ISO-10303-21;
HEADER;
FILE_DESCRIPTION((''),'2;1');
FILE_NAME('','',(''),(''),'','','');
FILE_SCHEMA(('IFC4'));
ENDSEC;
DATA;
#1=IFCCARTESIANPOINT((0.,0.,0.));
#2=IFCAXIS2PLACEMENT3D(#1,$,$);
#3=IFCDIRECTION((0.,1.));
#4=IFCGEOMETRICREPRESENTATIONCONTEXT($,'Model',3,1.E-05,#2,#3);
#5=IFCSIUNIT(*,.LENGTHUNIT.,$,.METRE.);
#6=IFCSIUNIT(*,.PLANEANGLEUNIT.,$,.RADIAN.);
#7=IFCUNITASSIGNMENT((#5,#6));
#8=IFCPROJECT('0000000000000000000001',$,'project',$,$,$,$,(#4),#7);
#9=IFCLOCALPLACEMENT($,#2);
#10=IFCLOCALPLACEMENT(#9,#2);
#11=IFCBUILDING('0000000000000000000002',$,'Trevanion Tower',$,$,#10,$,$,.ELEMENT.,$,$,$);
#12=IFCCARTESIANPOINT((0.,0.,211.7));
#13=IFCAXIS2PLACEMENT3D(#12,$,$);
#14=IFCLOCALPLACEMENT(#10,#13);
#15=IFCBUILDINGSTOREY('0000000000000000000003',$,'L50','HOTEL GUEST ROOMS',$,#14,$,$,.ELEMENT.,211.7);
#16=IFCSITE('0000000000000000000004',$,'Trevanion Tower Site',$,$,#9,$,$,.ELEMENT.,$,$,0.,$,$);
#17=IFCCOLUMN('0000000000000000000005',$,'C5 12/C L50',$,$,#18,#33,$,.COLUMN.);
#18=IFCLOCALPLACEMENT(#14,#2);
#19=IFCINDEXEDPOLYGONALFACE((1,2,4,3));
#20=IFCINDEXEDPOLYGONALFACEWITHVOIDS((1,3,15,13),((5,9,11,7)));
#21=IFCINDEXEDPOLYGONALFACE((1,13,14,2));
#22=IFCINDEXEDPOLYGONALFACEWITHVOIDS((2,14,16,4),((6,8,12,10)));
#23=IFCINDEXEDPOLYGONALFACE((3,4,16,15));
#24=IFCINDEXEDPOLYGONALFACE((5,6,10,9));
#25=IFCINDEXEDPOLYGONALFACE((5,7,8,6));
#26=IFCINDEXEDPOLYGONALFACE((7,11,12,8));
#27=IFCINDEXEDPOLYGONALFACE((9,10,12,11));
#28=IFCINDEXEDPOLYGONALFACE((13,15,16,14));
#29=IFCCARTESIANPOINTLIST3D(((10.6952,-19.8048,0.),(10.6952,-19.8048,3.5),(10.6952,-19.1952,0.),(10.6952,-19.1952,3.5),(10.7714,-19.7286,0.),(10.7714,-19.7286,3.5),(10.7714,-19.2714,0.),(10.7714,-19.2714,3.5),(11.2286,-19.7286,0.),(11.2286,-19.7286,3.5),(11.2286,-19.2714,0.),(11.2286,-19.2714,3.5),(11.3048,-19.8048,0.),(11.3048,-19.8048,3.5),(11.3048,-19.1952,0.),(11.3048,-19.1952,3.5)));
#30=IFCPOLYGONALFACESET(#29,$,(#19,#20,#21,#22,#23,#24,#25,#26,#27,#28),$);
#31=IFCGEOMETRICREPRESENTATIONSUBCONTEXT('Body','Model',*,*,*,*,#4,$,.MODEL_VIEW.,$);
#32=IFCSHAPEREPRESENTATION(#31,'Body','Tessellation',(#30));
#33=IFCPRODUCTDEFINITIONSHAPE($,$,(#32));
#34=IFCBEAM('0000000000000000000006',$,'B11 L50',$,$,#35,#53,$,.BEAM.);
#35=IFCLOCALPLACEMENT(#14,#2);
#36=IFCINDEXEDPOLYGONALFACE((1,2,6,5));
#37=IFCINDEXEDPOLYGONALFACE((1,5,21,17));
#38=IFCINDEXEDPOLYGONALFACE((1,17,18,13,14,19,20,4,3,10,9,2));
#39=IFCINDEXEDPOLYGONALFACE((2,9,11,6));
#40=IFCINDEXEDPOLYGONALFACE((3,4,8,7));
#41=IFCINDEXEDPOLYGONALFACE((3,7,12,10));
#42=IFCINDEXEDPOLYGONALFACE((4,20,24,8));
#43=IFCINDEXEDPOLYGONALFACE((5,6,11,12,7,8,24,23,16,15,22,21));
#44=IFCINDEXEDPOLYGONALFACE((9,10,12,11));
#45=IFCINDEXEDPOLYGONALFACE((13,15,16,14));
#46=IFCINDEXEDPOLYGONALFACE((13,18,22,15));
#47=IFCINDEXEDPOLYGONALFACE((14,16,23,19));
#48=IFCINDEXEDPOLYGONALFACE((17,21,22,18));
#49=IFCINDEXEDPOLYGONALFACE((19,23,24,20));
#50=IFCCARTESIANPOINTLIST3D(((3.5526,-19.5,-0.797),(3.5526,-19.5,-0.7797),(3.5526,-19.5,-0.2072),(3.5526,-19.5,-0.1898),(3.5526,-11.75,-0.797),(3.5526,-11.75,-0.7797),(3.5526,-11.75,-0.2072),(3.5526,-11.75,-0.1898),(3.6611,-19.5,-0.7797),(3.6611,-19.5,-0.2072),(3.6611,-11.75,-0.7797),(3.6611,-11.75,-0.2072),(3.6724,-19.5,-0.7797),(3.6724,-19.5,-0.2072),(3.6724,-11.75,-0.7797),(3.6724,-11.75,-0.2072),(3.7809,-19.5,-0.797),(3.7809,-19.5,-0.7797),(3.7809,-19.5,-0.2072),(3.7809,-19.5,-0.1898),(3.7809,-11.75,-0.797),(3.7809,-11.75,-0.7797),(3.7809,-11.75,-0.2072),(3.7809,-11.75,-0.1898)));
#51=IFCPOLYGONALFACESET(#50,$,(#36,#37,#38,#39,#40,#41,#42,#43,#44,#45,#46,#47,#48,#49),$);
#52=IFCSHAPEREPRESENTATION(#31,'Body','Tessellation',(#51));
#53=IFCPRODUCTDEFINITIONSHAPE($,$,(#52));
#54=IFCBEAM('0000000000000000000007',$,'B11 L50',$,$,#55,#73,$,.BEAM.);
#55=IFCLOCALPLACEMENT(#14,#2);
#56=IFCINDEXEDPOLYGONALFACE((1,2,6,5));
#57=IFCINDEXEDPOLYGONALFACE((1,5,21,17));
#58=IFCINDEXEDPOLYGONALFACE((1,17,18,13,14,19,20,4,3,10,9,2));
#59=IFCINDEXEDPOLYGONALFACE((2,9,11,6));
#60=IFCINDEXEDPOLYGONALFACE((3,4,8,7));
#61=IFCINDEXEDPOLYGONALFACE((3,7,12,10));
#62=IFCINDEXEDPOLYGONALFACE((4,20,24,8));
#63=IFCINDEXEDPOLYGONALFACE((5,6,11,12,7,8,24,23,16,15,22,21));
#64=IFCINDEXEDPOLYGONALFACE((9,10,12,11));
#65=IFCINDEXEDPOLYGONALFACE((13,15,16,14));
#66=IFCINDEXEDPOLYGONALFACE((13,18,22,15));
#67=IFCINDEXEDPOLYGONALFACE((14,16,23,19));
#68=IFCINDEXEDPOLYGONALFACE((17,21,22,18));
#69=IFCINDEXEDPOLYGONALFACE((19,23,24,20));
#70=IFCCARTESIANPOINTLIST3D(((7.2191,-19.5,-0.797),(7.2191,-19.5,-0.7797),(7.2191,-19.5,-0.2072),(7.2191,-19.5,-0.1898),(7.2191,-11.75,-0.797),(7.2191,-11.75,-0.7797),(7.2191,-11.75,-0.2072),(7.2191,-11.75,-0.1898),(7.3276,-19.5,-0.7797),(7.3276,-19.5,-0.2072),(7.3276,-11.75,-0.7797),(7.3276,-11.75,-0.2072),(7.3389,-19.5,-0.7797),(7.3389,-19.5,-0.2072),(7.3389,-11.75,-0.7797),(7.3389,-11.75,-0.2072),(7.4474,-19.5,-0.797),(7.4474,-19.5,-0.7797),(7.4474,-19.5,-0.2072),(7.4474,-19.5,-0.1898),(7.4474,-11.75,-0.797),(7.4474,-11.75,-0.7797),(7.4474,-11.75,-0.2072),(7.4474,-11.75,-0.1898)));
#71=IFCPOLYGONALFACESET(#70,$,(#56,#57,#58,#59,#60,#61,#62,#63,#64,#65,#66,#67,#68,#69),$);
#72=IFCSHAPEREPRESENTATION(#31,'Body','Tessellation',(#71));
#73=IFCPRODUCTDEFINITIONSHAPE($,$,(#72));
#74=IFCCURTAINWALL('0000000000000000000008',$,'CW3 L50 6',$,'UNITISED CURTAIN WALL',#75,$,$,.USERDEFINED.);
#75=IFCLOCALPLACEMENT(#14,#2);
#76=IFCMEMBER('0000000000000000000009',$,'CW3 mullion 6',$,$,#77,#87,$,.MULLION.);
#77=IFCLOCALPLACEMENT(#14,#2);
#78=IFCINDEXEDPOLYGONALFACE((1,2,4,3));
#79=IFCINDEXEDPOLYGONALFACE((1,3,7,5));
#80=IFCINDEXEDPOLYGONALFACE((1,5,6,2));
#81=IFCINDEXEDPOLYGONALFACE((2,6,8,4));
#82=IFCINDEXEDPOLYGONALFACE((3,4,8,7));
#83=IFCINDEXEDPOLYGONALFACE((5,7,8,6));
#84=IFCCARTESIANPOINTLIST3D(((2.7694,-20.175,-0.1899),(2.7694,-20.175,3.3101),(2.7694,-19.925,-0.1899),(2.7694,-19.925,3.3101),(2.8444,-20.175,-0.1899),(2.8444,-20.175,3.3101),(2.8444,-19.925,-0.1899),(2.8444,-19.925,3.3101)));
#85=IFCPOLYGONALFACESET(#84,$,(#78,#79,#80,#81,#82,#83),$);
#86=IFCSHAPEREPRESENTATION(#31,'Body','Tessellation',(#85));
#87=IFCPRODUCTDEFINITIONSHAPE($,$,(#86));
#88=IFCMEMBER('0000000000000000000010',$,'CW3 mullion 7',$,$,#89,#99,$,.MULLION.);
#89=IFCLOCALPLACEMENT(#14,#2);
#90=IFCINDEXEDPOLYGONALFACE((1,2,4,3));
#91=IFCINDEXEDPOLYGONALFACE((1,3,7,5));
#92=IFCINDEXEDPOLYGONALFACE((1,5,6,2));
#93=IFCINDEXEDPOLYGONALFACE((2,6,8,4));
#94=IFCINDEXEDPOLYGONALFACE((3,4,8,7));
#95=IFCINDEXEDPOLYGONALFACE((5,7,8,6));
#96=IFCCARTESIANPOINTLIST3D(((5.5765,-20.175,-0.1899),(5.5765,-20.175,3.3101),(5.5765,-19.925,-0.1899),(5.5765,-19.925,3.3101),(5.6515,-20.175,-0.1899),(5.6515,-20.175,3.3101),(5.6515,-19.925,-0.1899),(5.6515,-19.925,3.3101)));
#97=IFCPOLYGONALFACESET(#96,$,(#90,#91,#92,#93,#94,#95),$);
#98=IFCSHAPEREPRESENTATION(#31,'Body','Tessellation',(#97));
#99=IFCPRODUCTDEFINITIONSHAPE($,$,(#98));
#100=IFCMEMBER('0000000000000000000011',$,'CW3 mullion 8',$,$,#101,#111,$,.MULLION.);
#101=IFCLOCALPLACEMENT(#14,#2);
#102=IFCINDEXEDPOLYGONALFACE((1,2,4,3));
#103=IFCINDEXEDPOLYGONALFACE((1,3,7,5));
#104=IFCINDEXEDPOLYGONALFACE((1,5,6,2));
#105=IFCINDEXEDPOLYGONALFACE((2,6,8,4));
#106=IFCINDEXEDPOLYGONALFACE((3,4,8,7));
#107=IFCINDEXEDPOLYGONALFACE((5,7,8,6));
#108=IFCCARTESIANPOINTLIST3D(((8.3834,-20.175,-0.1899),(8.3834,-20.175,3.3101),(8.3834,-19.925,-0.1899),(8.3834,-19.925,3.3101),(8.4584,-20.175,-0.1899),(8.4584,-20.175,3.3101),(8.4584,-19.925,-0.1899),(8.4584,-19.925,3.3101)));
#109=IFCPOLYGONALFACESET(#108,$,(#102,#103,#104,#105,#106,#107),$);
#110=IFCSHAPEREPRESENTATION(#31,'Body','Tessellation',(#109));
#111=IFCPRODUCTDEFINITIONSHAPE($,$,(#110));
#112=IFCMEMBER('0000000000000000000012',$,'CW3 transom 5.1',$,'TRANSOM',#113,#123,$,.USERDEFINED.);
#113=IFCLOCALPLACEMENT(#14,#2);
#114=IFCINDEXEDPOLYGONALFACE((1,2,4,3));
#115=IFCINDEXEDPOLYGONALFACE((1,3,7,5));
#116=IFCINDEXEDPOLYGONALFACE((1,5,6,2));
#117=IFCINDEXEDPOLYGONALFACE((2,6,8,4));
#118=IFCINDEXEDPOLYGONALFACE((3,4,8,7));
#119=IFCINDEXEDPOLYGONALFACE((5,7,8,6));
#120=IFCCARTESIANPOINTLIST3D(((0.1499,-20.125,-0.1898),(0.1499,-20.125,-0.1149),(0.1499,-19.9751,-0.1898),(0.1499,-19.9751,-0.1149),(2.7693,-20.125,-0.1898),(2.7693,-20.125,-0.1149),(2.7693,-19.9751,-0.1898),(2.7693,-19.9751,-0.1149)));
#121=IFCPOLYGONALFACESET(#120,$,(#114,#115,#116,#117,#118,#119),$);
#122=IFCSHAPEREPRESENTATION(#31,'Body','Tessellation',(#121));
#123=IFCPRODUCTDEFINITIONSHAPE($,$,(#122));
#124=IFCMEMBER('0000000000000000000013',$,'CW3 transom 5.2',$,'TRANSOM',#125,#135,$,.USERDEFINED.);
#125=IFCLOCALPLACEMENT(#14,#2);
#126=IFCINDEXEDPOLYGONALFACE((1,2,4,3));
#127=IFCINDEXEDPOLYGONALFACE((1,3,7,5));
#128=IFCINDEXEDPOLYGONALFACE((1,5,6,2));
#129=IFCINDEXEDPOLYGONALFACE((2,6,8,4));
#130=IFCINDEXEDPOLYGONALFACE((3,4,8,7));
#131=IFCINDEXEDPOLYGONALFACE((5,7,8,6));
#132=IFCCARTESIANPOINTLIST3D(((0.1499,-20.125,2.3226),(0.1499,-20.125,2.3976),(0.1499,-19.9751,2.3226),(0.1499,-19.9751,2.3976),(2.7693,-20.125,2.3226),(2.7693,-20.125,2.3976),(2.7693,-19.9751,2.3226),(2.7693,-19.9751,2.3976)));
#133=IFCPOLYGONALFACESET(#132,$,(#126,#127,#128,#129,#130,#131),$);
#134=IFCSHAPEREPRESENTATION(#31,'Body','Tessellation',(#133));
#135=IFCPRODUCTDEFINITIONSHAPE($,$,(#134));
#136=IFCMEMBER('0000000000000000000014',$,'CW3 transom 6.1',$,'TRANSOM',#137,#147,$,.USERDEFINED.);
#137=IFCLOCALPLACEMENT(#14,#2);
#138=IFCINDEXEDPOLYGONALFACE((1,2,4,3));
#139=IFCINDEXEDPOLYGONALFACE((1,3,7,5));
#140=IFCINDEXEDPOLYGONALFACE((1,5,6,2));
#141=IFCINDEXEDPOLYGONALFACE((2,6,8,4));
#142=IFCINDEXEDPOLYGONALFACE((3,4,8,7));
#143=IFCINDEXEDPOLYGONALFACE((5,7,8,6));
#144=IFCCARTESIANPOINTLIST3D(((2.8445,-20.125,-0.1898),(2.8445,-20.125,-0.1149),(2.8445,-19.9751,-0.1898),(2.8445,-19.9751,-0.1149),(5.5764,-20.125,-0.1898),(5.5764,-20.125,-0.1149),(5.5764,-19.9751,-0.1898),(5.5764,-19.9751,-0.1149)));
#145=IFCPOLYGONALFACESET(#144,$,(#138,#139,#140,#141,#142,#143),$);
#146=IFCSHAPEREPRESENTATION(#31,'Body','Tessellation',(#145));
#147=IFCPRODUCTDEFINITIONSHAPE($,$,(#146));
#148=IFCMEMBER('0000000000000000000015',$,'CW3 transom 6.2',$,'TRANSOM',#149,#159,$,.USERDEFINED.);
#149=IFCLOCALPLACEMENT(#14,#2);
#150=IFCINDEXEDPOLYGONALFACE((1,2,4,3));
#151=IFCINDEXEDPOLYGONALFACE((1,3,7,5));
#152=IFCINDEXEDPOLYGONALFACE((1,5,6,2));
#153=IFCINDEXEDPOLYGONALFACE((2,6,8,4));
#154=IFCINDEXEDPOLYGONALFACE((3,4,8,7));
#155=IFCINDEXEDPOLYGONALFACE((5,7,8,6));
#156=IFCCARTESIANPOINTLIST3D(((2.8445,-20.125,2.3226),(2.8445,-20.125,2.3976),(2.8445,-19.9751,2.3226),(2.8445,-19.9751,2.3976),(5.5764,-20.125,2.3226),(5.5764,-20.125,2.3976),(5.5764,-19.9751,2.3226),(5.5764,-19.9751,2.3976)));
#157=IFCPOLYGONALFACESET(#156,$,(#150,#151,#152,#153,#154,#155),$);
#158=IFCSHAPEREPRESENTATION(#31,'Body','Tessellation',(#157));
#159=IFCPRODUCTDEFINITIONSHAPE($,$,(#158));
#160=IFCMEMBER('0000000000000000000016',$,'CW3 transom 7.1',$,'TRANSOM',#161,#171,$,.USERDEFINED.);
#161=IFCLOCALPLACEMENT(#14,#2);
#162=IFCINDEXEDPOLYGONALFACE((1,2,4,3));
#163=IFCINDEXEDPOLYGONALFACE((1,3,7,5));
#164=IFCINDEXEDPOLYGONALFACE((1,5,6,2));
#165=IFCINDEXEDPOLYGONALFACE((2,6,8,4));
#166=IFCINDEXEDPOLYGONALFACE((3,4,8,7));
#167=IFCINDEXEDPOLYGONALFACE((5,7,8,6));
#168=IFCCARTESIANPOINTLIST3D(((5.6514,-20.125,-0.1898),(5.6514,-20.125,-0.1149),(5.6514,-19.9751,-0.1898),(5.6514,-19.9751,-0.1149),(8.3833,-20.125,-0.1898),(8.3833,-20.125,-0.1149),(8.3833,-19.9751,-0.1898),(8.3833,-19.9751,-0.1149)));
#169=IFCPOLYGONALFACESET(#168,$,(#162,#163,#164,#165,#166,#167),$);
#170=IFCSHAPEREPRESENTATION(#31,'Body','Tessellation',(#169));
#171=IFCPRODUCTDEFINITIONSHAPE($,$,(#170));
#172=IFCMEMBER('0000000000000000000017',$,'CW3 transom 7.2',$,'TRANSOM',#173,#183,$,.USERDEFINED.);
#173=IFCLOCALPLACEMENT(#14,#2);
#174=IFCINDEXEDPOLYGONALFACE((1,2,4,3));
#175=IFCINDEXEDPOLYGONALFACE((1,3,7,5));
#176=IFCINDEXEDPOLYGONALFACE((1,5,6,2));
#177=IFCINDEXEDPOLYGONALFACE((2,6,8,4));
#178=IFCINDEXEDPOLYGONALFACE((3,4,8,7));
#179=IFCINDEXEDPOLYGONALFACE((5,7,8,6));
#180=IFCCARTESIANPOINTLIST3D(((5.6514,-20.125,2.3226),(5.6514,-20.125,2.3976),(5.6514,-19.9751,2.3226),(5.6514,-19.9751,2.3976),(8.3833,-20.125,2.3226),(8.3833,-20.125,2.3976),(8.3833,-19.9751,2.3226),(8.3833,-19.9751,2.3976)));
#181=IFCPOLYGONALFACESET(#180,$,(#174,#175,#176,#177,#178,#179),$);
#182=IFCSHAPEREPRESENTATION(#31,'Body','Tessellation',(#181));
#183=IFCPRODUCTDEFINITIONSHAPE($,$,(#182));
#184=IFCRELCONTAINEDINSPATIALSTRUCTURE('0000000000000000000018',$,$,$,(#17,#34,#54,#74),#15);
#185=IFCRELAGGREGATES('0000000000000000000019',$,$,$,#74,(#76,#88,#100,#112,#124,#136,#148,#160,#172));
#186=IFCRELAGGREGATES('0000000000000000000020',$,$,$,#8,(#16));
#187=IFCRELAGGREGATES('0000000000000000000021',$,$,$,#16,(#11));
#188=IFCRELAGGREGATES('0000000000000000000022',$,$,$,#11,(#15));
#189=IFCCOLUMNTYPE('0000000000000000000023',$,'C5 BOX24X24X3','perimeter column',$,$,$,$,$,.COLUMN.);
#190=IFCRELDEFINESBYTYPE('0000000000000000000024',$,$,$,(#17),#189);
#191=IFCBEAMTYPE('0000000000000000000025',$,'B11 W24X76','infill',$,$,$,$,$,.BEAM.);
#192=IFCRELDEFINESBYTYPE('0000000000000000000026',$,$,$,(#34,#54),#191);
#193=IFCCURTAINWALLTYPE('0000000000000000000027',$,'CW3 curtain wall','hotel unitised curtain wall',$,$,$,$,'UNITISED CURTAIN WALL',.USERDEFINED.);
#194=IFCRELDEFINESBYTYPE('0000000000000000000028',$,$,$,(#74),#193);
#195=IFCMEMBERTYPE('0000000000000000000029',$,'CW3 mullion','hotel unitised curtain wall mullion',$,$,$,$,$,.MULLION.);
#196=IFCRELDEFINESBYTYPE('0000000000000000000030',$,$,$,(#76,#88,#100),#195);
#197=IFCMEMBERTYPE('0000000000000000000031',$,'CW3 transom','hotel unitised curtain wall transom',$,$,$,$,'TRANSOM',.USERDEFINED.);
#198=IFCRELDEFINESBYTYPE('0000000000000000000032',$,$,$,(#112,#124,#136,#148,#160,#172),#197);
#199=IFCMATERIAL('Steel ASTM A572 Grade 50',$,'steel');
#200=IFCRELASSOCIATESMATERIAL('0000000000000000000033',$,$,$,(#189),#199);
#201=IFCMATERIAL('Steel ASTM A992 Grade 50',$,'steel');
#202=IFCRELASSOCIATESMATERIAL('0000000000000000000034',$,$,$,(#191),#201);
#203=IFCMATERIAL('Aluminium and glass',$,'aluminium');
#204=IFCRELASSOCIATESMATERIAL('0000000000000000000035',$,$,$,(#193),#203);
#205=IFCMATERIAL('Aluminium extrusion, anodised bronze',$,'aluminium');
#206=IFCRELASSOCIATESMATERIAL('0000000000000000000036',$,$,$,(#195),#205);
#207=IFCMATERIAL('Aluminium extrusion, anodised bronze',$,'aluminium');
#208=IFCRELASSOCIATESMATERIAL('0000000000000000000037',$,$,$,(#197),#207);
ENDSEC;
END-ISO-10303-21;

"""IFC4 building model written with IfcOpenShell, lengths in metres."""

from ifc_helpers import new_model, si_unit, direction, frame, origin, origin_2d, place, context, subcontext, project, spatial, rectangle, hollow_rectangle, i_section, extrude, material, material_profile, profile_set, type_object, element, aggregate, save


model = new_model("IFC4")

# Units and contexts
model_context = context("Model", 3, precision=1e-05, world=origin(), true_north=direction((0.0, 1.0)))
body_context = subcontext(model_context, "Body", "Model", "MODEL_VIEW")
ifc_project = project(units=[si_unit("LENGTHUNIT", "METRE"), si_unit("PLANEANGLEUNIT", "RADIAN")], contexts=[model_context])

# Site, building, storey
site_placement = place(None, origin())
site = spatial("IfcSite", under=ifc_project, at=site_placement, Name="Trevanion Tower Site", CompositionType="ELEMENT", RefElevation=0.0)
building_placement = place(site_placement, origin())
building = spatial("IfcBuilding", under=site, at=building_placement, Name="Trevanion Tower", CompositionType="ELEMENT")
storey_placement = place(building_placement, frame((0.0, 0.0, 211.7)))
storey = spatial("IfcBuildingStorey", under=building, at=storey_placement, Name="L50", Description="HOTEL GUEST ROOMS", CompositionType="ELEMENT", Elevation=211.7)

# Column
ifc_material_1 = material(Name="Steel ASTM A572 Grade 50", Category="steel")
ifc_material_profile_1 = material_profile(ifc_material_1, hollow_rectangle(XDim=0.6096, YDim=0.6096, WallThickness=0.0762, at=origin_2d()), Name="BOX24X24X3")
ifc_profile_set_1 = profile_set([ifc_material_profile_1], Name="Steel ASTM A572 Grade 50")
column_type = type_object("IfcColumnType", Name="C5 BOX24X24X3", Description="perimeter column", PredefinedType="COLUMN", material=ifc_profile_set_1)
column_placement = place(storey_placement, frame((11.0, -19.5, 0.0), z_axis=(0.0, 0.0, 1.0), x_axis=(1.0, 0.0, 0.0)))
element("IfcColumn", 1, at=column_placement, inside=storey, type_object=column_type, Name="C5 12/C L50", PredefinedType="COLUMN", context=body_context, shape_type="SweptSolid", body=[
    extrude(hollow_rectangle(XDim=0.6096, YDim=0.6096, WallThickness=0.0762, at=origin_2d()), origin(), (0.0, 0.0, 1.0), 3.5),
])

# Beams
ifc_material_2 = material(Name="Steel ASTM A992 Grade 50", Category="steel")
ifc_material_profile_2 = material_profile(ifc_material_2, i_section(OverallWidth=0.2283, OverallDepth=0.6072, WebThickness=0.0112, FlangeThickness=0.0173, at=origin_2d()), Name="W24X76")
ifc_profile_set_2 = profile_set([ifc_material_profile_2], Name="Steel ASTM A992 Grade 50")
beam_type = type_object("IfcBeamType", Name="B11 W24X76", Description="infill", PredefinedType="BEAM", material=ifc_profile_set_2)
for number, where, z_axis, x_axis, name in (
    (2, (3.6667, -11.75, -0.4934), (0.0, -1.0, 0.0), (1.0, 0.0, 0.0), "B11 L50"),
    (3, (7.3333, -11.75, -0.4934), (0.0, -1.0, 0.0), (1.0, 0.0, 0.0), "B11 L50"),
):
    element("IfcBeam", number, at=place(storey_placement, frame(where, z_axis=z_axis, x_axis=x_axis)), inside=storey, type_object=beam_type, Name=name, PredefinedType="BEAM", context=body_context, shape_type="SweptSolid", body=[
        extrude(i_section(OverallWidth=0.2283, OverallDepth=0.6072, WebThickness=0.0112, FlangeThickness=0.0173, at=origin_2d()), origin(), (0.0, 0.0, 1.0), 7.75),
    ])

# Curtain wall, members
ifc_material_3 = material(Name="Aluminium and glass", Category="aluminium")
curtain_wall_type = type_object("IfcCurtainWallType", Name="CW3 curtain wall", Description="hotel unitised curtain wall", ElementType="UNITISED CURTAIN WALL", PredefinedType="USERDEFINED", material=ifc_material_3)
curtain_wall_placement = place(storey_placement, origin())
curtain_wall = element("IfcCurtainWall", 4, at=curtain_wall_placement, inside=storey, type_object=curtain_wall_type, Name="CW3 L50 6", ObjectType="UNITISED CURTAIN WALL", PredefinedType="USERDEFINED")
ifc_material_4 = material(Name="Aluminium extrusion, anodised bronze", Category="aluminium")
ifc_material_profile_3 = material_profile(ifc_material_4, rectangle(XDim=0.075, YDim=0.25, at=origin_2d()), Name="CW3 mullion")
ifc_profile_set_3 = profile_set([ifc_material_profile_3], Name="Aluminium extrusion, anodised bronze")
member_type_1 = type_object("IfcMemberType", Name="CW3 mullion", Description="hotel unitised curtain wall mullion", PredefinedType="MULLION", material=ifc_profile_set_3)
member_1_placement = place(storey_placement, frame((2.8069, -20.05, -0.1899), z_axis=(0.0, 0.0, 1.0), x_axis=(1.0, 0.0, 0.0)))
member_1 = element("IfcMember", 5, at=member_1_placement, type_object=member_type_1, Name="CW3 mullion 6", PredefinedType="MULLION", context=body_context, shape_type="SweptSolid", body=[
    extrude(rectangle(XDim=0.075, YDim=0.25, at=origin_2d()), origin(), (0.0, 0.0, 1.0), 3.5),
])
member_2_placement = place(storey_placement, frame((5.614, -20.05, -0.1899), z_axis=(0.0, 0.0, 1.0), x_axis=(1.0, 0.0, 0.0)))
member_2 = element("IfcMember", 6, at=member_2_placement, type_object=member_type_1, Name="CW3 mullion 7", PredefinedType="MULLION", context=body_context, shape_type="SweptSolid", body=[
    extrude(rectangle(XDim=0.075, YDim=0.25, at=origin_2d()), origin(), (0.0, 0.0, 1.0), 3.5),
])
member_3_placement = place(storey_placement, frame((8.4209, -20.05, -0.1899), z_axis=(0.0, 0.0, 1.0), x_axis=(1.0, 0.0, 0.0)))
member_3 = element("IfcMember", 7, at=member_3_placement, type_object=member_type_1, Name="CW3 mullion 8", PredefinedType="MULLION", context=body_context, shape_type="SweptSolid", body=[
    extrude(rectangle(XDim=0.075, YDim=0.25, at=origin_2d()), origin(), (0.0, 0.0, 1.0), 3.5),
])
ifc_material_5 = material(Name="Aluminium extrusion, anodised bronze", Category="aluminium")
ifc_material_profile_4 = material_profile(ifc_material_5, rectangle(XDim=0.1499, YDim=0.075, at=origin_2d()), Name="CW3 transom")
ifc_profile_set_4 = profile_set([ifc_material_profile_4], Name="Aluminium extrusion, anodised bronze")
member_type_2 = type_object("IfcMemberType", Name="CW3 transom", Description="hotel unitised curtain wall transom", ElementType="TRANSOM", PredefinedType="USERDEFINED", material=ifc_profile_set_4)
member_4_placement = place(storey_placement, frame((0.1499, -20.05, -0.1523), z_axis=(1.0, 0.0, 0.0), x_axis=(0.0, 1.0, 0.0)))
member_4 = element("IfcMember", 8, at=member_4_placement, type_object=member_type_2, Name="CW3 transom 5.1", ObjectType="TRANSOM", PredefinedType="USERDEFINED", context=body_context, shape_type="SweptSolid", body=[
    extrude(rectangle(XDim=0.1499, YDim=0.075, at=origin_2d()), origin(), (0.0, 0.0, 1.0), 2.6194),
])
member_5_placement = place(storey_placement, frame((0.1499, -20.05, 2.3601), z_axis=(1.0, 0.0, 0.0), x_axis=(0.0, 1.0, 0.0)))
member_5 = element("IfcMember", 9, at=member_5_placement, type_object=member_type_2, Name="CW3 transom 5.2", ObjectType="TRANSOM", PredefinedType="USERDEFINED", context=body_context, shape_type="SweptSolid", body=[
    extrude(rectangle(XDim=0.1499, YDim=0.075, at=origin_2d()), origin(), (0.0, 0.0, 1.0), 2.6194),
])
member_6_placement = place(storey_placement, frame((2.8445, -20.05, -0.1523), z_axis=(1.0, 0.0, 0.0), x_axis=(0.0, 1.0, 0.0)))
member_6 = element("IfcMember", 10, at=member_6_placement, type_object=member_type_2, Name="CW3 transom 6.1", ObjectType="TRANSOM", PredefinedType="USERDEFINED", context=body_context, shape_type="SweptSolid", body=[
    extrude(rectangle(XDim=0.1499, YDim=0.075, at=origin_2d()), origin(), (0.0, 0.0, 1.0), 2.7319),
])
member_7_placement = place(storey_placement, frame((2.8445, -20.05, 2.3601), z_axis=(1.0, 0.0, 0.0), x_axis=(0.0, 1.0, 0.0)))
member_7 = element("IfcMember", 11, at=member_7_placement, type_object=member_type_2, Name="CW3 transom 6.2", ObjectType="TRANSOM", PredefinedType="USERDEFINED", context=body_context, shape_type="SweptSolid", body=[
    extrude(rectangle(XDim=0.1499, YDim=0.075, at=origin_2d()), origin(), (0.0, 0.0, 1.0), 2.7319),
])
member_8_placement = place(storey_placement, frame((5.6514, -20.05, -0.1523), z_axis=(1.0, 0.0, 0.0), x_axis=(0.0, 1.0, 0.0)))
member_8 = element("IfcMember", 12, at=member_8_placement, type_object=member_type_2, Name="CW3 transom 7.1", ObjectType="TRANSOM", PredefinedType="USERDEFINED", context=body_context, shape_type="SweptSolid", body=[
    extrude(rectangle(XDim=0.1499, YDim=0.075, at=origin_2d()), origin(), (0.0, 0.0, 1.0), 2.7319),
])
member_9_placement = place(storey_placement, frame((5.6514, -20.05, 2.3601), z_axis=(1.0, 0.0, 0.0), x_axis=(0.0, 1.0, 0.0)))
member_9 = element("IfcMember", 13, at=member_9_placement, type_object=member_type_2, Name="CW3 transom 7.2", ObjectType="TRANSOM", PredefinedType="USERDEFINED", context=body_context, shape_type="SweptSolid", body=[
    extrude(rectangle(XDim=0.1499, YDim=0.075, at=origin_2d()), origin(), (0.0, 0.0, 1.0), 2.7319),
])
aggregate(curtain_wall, [member_1, member_2, member_3, member_4, member_5, member_6, member_7, member_8, member_9])

save(model, "model.ifc")
